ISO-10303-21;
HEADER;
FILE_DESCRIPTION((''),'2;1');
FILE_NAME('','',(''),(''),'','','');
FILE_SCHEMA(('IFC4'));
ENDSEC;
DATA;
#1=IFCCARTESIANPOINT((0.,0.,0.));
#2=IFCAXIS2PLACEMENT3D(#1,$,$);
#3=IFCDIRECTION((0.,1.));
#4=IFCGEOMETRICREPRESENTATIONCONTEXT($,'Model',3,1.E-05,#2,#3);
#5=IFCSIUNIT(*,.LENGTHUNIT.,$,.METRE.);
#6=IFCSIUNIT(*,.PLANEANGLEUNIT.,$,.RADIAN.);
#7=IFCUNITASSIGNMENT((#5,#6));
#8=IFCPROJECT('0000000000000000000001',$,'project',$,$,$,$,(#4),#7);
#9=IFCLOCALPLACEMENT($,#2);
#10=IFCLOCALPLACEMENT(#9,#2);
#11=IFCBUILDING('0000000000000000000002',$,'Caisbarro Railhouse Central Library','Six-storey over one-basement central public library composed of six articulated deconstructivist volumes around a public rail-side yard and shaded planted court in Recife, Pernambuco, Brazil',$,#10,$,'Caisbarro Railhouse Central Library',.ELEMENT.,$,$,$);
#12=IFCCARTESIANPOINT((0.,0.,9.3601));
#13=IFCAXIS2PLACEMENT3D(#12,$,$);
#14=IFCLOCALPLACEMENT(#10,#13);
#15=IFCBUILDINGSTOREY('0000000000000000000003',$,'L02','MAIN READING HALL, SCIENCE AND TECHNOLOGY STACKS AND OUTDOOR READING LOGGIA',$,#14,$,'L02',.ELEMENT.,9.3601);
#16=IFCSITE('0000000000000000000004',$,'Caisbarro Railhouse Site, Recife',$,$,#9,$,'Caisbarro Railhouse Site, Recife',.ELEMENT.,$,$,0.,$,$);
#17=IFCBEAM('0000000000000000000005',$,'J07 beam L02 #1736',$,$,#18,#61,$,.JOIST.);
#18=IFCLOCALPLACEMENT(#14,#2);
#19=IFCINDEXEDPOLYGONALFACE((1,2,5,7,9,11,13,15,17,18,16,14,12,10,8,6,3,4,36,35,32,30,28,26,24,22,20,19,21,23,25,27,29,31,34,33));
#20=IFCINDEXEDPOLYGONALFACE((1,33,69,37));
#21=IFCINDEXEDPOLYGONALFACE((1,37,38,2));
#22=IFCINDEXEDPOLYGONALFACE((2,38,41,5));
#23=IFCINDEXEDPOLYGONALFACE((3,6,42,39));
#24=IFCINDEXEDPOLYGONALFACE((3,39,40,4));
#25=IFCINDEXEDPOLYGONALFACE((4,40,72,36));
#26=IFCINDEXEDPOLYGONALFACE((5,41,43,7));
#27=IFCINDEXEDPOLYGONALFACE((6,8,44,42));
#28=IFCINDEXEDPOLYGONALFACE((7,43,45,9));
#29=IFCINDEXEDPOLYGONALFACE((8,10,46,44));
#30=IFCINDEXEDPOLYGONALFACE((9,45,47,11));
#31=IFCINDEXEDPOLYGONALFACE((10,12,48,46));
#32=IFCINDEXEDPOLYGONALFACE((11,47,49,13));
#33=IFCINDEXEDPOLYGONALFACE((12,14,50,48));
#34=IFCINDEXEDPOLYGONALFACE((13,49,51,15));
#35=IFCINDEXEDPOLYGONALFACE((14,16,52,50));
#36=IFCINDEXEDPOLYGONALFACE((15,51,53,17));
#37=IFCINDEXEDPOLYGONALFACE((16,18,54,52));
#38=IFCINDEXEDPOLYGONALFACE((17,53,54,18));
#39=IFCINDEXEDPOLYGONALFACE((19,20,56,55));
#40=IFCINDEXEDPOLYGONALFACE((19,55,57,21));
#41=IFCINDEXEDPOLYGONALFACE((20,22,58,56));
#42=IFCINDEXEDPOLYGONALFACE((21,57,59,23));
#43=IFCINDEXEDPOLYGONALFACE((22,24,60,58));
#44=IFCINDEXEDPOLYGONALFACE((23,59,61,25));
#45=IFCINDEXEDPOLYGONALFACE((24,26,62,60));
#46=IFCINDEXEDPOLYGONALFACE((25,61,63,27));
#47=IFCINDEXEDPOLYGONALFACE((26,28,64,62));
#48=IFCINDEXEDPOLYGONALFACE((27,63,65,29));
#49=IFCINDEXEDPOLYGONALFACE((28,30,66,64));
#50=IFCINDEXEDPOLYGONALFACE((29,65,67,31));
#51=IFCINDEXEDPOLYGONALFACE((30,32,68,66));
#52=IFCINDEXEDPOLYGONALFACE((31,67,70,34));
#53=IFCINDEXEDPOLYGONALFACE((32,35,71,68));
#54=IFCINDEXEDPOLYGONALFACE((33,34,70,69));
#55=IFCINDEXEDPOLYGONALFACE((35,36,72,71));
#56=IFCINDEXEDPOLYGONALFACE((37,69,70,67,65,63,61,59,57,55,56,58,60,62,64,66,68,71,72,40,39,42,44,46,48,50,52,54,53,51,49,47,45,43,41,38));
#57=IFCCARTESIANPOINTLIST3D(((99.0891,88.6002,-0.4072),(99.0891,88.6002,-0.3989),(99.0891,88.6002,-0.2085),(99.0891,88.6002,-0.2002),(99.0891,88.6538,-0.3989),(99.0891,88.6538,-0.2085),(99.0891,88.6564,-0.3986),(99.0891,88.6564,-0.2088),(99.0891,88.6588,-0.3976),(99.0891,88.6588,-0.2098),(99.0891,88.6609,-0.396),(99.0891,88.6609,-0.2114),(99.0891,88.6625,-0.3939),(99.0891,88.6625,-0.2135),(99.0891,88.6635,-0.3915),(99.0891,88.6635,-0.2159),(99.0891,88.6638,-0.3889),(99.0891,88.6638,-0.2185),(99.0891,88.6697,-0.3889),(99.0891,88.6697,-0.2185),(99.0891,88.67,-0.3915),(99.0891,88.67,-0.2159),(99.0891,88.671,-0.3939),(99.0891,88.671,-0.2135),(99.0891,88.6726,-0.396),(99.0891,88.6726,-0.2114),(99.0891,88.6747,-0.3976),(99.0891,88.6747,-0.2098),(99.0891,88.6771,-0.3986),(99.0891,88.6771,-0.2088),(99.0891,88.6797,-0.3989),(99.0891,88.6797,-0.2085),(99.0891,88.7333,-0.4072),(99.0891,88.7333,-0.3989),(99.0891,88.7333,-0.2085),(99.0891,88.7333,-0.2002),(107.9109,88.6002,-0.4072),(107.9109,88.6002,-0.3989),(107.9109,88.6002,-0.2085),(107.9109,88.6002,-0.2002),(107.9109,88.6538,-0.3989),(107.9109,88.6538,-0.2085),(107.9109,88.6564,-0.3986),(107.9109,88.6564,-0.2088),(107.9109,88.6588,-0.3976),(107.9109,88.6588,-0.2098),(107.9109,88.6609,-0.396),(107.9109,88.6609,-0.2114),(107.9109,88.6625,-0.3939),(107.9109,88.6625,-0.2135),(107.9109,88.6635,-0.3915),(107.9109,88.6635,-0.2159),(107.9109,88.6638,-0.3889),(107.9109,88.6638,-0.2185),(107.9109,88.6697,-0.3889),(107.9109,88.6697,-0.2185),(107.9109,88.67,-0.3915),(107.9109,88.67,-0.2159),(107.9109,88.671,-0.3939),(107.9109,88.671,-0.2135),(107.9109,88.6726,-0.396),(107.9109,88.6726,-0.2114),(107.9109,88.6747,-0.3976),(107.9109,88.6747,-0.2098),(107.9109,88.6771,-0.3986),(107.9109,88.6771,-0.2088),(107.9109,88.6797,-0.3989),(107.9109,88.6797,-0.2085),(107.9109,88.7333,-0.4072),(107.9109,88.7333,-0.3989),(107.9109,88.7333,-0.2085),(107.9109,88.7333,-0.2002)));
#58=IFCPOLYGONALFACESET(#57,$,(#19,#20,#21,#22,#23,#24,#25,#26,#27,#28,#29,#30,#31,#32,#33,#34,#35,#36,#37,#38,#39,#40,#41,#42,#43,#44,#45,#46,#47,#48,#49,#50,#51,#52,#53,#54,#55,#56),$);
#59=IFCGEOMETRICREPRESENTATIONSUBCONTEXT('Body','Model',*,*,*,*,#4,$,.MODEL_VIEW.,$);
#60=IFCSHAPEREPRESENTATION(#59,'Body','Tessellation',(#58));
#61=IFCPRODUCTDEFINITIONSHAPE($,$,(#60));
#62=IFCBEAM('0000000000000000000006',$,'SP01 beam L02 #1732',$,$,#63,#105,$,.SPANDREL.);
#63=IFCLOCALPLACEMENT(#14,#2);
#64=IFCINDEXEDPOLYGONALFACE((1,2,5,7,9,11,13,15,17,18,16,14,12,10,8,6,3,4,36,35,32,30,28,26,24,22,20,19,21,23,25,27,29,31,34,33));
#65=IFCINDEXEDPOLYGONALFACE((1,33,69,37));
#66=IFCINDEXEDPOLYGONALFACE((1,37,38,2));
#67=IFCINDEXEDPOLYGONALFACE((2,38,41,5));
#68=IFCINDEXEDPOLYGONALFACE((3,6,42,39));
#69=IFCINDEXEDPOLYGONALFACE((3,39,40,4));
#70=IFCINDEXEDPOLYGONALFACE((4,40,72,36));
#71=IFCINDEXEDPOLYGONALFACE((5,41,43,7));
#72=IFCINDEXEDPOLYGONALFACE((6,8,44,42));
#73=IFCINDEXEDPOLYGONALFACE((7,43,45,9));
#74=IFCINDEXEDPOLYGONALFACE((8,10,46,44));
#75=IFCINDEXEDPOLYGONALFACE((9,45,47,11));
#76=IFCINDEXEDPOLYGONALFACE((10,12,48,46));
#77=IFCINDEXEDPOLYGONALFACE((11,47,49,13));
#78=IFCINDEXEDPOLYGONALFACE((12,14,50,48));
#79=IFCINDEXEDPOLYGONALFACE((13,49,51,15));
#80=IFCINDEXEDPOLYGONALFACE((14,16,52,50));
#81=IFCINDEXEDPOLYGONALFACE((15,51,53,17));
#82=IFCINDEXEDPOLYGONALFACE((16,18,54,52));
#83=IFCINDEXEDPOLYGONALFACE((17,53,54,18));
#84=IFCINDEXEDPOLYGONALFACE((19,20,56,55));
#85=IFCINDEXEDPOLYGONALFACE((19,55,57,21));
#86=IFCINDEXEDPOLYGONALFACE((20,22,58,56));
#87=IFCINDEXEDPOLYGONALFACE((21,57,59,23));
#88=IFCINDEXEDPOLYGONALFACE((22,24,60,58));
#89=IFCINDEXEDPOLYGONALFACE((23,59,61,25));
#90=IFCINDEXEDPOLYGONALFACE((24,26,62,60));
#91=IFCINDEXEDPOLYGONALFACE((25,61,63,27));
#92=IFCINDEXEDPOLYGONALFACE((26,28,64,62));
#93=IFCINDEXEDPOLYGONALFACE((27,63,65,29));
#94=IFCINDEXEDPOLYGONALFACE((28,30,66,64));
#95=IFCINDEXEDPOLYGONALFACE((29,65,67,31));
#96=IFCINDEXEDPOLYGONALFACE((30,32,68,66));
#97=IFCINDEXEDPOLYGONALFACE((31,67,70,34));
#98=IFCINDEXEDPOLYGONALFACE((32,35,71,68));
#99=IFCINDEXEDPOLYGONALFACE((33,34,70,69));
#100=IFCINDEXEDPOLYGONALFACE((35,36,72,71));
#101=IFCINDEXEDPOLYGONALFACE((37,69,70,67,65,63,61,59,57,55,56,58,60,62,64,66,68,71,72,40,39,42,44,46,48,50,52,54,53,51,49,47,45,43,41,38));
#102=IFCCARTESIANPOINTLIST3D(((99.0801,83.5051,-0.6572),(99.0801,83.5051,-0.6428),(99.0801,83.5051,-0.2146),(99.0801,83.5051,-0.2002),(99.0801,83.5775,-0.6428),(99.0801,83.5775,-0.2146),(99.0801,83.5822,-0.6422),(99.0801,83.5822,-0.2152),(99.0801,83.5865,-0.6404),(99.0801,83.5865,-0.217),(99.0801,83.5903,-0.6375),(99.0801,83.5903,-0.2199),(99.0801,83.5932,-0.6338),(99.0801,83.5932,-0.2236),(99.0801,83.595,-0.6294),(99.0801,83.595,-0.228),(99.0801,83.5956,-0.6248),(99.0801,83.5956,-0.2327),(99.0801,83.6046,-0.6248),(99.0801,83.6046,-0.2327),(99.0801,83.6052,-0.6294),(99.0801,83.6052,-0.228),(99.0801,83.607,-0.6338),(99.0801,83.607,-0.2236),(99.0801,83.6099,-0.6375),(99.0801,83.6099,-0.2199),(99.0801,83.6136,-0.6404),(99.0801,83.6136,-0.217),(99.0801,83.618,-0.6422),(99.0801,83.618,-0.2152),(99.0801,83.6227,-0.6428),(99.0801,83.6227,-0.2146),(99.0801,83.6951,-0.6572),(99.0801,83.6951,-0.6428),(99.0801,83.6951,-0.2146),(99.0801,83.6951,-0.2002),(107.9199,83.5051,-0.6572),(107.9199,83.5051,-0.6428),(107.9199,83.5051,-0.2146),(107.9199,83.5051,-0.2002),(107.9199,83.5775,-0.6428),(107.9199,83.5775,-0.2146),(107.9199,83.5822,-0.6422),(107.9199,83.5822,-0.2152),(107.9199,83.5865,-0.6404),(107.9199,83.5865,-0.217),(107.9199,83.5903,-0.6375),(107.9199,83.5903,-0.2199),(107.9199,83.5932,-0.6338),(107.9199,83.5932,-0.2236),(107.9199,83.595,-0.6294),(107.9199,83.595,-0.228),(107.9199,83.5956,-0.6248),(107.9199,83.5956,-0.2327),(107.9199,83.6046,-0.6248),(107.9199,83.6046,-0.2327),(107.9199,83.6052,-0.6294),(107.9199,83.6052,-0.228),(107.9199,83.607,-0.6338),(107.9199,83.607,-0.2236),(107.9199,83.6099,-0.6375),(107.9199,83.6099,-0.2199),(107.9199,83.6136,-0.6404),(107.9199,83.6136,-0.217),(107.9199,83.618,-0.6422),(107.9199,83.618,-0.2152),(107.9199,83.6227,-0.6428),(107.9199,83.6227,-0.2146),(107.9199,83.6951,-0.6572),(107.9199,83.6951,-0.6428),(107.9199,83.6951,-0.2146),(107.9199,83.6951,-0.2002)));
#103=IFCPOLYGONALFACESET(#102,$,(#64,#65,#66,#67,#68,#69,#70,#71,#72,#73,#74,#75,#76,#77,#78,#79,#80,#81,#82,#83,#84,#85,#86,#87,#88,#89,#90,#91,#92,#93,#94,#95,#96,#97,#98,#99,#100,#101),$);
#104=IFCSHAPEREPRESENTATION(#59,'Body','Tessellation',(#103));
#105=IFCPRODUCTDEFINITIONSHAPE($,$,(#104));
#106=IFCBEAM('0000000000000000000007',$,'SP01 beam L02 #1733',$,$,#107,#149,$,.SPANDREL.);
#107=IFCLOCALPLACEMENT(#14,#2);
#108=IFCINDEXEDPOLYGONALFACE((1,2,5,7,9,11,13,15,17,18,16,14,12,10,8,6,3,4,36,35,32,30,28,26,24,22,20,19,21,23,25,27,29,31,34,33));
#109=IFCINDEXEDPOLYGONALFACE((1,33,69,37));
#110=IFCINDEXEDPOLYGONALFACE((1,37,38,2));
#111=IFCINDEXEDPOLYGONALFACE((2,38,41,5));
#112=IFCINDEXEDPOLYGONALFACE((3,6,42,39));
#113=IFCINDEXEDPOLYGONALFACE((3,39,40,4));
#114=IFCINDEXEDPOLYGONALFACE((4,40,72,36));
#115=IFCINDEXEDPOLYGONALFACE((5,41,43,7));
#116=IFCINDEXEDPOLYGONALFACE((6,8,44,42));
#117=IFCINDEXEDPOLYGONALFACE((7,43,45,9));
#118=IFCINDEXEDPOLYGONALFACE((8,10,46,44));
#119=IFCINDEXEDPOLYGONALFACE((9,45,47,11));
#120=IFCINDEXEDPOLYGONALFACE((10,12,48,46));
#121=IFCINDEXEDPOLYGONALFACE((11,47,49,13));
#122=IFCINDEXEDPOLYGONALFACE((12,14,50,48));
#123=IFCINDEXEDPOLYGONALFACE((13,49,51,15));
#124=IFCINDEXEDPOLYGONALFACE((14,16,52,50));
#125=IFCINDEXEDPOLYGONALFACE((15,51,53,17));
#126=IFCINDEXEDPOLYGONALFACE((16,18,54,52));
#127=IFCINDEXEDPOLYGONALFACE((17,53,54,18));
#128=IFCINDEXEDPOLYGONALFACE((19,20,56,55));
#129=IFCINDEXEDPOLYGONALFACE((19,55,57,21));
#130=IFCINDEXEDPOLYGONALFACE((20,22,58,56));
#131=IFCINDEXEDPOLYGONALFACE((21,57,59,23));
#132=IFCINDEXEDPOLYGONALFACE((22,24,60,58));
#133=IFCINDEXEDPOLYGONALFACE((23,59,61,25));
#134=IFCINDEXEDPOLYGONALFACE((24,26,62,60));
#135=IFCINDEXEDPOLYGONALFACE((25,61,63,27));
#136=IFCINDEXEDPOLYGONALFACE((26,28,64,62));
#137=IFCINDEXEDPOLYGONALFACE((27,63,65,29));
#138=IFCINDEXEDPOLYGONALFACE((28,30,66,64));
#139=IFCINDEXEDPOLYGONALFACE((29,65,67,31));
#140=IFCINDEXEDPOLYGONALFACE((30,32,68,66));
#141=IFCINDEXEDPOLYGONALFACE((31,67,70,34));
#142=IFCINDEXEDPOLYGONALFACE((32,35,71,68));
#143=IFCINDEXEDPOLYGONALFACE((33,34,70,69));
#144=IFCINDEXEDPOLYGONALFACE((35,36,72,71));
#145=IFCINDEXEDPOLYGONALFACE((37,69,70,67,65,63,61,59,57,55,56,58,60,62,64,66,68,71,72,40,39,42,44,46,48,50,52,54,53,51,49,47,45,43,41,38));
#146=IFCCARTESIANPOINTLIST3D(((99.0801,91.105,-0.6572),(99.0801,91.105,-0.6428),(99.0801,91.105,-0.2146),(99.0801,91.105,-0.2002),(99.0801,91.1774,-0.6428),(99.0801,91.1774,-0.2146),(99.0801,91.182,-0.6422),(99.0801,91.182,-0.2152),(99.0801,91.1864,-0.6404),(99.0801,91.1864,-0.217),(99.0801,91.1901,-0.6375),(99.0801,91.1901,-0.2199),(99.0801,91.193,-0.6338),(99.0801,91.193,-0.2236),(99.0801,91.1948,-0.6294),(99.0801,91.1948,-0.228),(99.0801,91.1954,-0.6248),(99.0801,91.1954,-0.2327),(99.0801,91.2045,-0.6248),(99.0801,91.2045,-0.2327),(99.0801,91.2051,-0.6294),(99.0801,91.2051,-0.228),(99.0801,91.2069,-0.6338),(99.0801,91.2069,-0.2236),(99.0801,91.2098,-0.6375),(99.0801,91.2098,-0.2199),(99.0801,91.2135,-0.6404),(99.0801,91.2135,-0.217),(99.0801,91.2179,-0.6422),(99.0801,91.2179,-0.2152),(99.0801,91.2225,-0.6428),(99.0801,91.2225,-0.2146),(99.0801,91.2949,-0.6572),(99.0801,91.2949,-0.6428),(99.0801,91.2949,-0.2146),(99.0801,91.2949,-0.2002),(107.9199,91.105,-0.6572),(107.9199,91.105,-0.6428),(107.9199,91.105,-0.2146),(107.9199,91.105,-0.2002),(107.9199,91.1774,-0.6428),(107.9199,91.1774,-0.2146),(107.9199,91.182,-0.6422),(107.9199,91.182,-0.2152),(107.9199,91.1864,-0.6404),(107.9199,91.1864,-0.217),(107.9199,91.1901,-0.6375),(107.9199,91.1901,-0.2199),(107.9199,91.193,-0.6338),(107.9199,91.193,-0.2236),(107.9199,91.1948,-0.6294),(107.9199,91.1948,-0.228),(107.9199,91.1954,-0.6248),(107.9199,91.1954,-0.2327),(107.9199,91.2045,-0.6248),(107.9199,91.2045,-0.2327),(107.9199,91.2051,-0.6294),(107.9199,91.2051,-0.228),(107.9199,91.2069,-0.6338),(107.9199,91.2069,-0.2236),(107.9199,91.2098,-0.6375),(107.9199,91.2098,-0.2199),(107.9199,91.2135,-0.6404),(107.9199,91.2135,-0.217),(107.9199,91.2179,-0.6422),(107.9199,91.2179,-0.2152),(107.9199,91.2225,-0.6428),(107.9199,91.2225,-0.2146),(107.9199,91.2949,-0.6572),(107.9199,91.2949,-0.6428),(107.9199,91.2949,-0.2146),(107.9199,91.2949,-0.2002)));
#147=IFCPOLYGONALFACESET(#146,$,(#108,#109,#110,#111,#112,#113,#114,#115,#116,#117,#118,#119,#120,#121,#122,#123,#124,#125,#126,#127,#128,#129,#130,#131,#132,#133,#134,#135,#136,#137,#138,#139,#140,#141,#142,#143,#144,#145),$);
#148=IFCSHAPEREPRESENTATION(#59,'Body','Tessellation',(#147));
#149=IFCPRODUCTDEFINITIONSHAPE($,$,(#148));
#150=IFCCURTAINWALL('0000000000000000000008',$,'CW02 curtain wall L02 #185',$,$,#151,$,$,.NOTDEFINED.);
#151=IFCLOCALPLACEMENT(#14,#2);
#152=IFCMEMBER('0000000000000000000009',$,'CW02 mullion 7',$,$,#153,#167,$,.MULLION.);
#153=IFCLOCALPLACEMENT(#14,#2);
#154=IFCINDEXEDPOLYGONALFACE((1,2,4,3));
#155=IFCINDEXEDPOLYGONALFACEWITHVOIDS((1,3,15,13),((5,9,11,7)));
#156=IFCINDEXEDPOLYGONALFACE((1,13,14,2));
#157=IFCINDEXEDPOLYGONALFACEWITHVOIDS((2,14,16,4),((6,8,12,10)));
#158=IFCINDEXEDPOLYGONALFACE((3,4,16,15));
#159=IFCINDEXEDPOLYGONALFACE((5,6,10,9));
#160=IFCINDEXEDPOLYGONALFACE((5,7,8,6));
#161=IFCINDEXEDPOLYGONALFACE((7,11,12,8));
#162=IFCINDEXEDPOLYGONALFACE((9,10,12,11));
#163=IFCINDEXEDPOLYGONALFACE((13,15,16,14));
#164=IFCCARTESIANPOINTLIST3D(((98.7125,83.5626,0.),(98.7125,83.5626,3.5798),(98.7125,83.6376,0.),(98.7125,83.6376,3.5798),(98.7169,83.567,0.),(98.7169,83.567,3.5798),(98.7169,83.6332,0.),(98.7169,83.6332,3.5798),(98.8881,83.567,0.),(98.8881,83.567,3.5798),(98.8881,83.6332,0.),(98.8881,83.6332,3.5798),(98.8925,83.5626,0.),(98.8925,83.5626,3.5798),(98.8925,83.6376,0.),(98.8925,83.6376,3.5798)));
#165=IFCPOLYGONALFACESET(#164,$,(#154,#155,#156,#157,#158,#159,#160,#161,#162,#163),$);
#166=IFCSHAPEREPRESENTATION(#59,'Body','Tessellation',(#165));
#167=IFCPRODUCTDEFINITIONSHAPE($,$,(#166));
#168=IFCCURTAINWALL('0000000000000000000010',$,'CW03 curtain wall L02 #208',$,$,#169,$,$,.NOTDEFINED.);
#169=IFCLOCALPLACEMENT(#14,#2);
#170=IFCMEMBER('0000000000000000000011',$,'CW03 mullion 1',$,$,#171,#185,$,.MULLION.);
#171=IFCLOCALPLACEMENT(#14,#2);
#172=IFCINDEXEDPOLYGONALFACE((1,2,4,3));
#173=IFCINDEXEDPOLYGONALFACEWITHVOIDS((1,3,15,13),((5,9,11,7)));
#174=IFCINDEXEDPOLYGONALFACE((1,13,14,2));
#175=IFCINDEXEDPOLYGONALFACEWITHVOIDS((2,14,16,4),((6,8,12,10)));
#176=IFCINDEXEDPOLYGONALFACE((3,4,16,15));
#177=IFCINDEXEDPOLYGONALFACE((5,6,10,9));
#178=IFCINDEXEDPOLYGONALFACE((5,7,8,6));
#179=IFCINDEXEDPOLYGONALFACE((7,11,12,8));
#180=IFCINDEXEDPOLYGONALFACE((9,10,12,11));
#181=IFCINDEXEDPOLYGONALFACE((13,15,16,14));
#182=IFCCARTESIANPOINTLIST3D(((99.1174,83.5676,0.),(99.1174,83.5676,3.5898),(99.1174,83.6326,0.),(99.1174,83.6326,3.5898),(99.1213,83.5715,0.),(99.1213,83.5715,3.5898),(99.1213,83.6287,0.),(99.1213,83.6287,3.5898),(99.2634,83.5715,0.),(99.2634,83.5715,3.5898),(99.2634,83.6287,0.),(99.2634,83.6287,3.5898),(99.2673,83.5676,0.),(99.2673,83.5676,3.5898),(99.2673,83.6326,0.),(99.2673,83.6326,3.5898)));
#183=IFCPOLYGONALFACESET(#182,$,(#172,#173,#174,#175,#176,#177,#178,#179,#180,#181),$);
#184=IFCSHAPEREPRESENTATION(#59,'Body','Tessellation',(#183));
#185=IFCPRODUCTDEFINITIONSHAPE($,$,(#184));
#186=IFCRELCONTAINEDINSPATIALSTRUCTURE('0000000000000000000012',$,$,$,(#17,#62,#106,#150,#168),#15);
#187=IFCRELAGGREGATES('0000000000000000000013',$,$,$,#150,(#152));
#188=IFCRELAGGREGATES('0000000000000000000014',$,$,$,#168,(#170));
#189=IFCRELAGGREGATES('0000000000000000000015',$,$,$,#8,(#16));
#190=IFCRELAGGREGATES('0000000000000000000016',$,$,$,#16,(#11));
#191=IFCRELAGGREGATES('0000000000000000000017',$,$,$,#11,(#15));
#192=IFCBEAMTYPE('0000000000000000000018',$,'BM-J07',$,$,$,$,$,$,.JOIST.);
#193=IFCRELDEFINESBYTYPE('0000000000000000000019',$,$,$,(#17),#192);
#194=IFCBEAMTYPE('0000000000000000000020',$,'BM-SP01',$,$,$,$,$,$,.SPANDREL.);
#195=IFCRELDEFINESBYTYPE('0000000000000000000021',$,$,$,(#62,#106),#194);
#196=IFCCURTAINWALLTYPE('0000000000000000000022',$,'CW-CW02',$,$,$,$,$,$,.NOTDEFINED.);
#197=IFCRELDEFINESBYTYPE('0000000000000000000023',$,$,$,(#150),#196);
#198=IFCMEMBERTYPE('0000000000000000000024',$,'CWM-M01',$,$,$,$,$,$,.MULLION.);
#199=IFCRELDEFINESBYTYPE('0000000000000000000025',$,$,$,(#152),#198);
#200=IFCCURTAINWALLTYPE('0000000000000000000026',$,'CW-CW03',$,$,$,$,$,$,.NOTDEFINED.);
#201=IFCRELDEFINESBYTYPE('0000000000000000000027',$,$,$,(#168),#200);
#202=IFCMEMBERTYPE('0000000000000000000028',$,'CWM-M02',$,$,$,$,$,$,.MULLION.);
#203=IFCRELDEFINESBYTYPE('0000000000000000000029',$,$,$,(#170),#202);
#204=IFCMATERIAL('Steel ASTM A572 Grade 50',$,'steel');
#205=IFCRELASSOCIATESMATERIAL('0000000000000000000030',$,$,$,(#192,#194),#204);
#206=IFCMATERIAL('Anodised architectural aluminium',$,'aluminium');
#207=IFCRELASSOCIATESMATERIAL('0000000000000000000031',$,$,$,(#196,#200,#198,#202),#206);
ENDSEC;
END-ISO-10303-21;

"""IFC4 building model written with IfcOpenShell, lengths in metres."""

from ifc_helpers import new_model, si_unit, direction, frame, origin, origin_2d, place, context, subcontext, project, spatial, hollow_rectangle, i_section, extrude, material, material_profile, profile_set, type_object, element, aggregate, save


model = new_model("IFC4")

# Units and contexts
model_context = context("Model", 3, precision=1e-05, world=origin(), true_north=direction((0.0, 1.0)))
body_context = subcontext(model_context, "Body", "Model", "MODEL_VIEW")
ifc_project = project(units=[si_unit("LENGTHUNIT", "METRE"), si_unit("PLANEANGLEUNIT", "RADIAN")], contexts=[model_context])

# Site, building, storey
site_placement = place(None, origin())
site = spatial("IfcSite", under=ifc_project, at=site_placement, Name="Caisbarro Railhouse Site, Recife", LongName="Caisbarro Railhouse Site, Recife", CompositionType="ELEMENT", RefElevation=0.0)
building_placement = place(site_placement, origin())
building = spatial("IfcBuilding", under=site, at=building_placement, Name="Caisbarro Railhouse Central Library", Description="Six-storey over one-basement central public library composed of six articulated deconstructivist volumes around a public rail-side yard and shaded planted court in Recife, Pernambuco, Brazil", LongName="Caisbarro Railhouse Central Library", CompositionType="ELEMENT")
storey_placement = place(building_placement, frame((0.0, 0.0, 9.3601)))
storey = spatial("IfcBuildingStorey", under=building, at=storey_placement, Name="L02", Description="MAIN READING HALL, SCIENCE AND TECHNOLOGY STACKS AND OUTDOOR READING LOGGIA", LongName="L02", CompositionType="ELEMENT", Elevation=9.3601)

# Shared definitions
ifc_material_1 = material(Name="Steel ASTM A572 Grade 50", Category="steel")

# Beams
ifc_material_profile_1 = material_profile(ifc_material_1, i_section(OverallWidth=0.1331, OverallDepth=0.207, WebThickness=0.0059, FlangeThickness=0.0083, FilletRadius=0.01, at=origin_2d()), Name="W200X26.6")
ifc_profile_set_1 = profile_set([ifc_material_profile_1], Name="Steel ASTM A572 Grade 50")
beam_type_1 = type_object("IfcBeamType", Name="BM-J07", PredefinedType="JOIST", material=ifc_profile_set_1)
for number, where, z_axis, x_axis, name in (
    (1, (99.0891, 88.6667, -0.3037), (1.0, 0.0, 0.0), (0.0, 1.0, 0.0), "J07 beam L02 #1736"),
):
    element("IfcBeam", number, at=place(storey_placement, frame(where, z_axis=z_axis, x_axis=x_axis)), inside=storey, type_object=beam_type_1, Name=name, PredefinedType="JOIST", context=body_context, shape_type="SweptSolid", body=[
        extrude(i_section(OverallWidth=0.1331, OverallDepth=0.207, WebThickness=0.0059, FlangeThickness=0.0083, FilletRadius=0.01, at=origin_2d()), origin(), (0.0, 0.0, 1.0), 8.8218),
    ])
ifc_material_profile_2 = material_profile(ifc_material_1, i_section(OverallWidth=0.1899, OverallDepth=0.457, WebThickness=0.009, FlangeThickness=0.0144, FilletRadius=0.0181, at=origin_2d()), Name="W460X74.0")
ifc_profile_set_2 = profile_set([ifc_material_profile_2], Name="Steel ASTM A572 Grade 50")
beam_type_2 = type_object("IfcBeamType", Name="BM-SP01", PredefinedType="SPANDREL", material=ifc_profile_set_2)
for number, where, z_axis, x_axis, name in (
    (2, (99.0801, 83.6001, -0.4287), (1.0, 0.0, 0.0), (0.0, 1.0, 0.0), "SP01 beam L02 #1732"),
    (3, (99.0801, 91.2, -0.4287), (1.0, 0.0, 0.0), (0.0, 1.0, 0.0), "SP01 beam L02 #1733"),
):
    element("IfcBeam", number, at=place(storey_placement, frame(where, z_axis=z_axis, x_axis=x_axis)), inside=storey, type_object=beam_type_2, Name=name, PredefinedType="SPANDREL", context=body_context, shape_type="SweptSolid", body=[
        extrude(i_section(OverallWidth=0.1899, OverallDepth=0.457, WebThickness=0.009, FlangeThickness=0.0144, FilletRadius=0.0181, at=origin_2d()), origin(), (0.0, 0.0, 1.0), 8.8398),
    ])

# Curtain wall, member
ifc_material_2 = material(Name="Anodised architectural aluminium", Category="aluminium")
curtain_wall_type_1 = type_object("IfcCurtainWallType", Name="CW-CW02", PredefinedType="NOTDEFINED", material=ifc_material_2)
curtain_wall_1_placement = place(storey_placement, origin())
curtain_wall_1 = element("IfcCurtainWall", 4, at=curtain_wall_1_placement, inside=storey, type_object=curtain_wall_type_1, Name="CW02 curtain wall L02 #185", PredefinedType="NOTDEFINED")
ifc_material_profile_3 = material_profile(ifc_material_2, hollow_rectangle(XDim=0.075, YDim=0.1799, WallThickness=0.0044, at=origin_2d()), Name="ALU-MUL-75X180")
ifc_profile_set_3 = profile_set([ifc_material_profile_3], Name="Anodised architectural aluminium")
member_type_1 = type_object("IfcMemberType", Name="CWM-M01", PredefinedType="MULLION", material=ifc_profile_set_3)
member_1_placement = place(storey_placement, frame((98.8025, 83.6001, 0.0), z_axis=(0.0, 0.0, 1.0), x_axis=(0.0, 1.0, 0.0)))
member_1 = element("IfcMember", 5, at=member_1_placement, type_object=member_type_1, Name="CW02 mullion 7", PredefinedType="MULLION", context=body_context, shape_type="SweptSolid", body=[
    extrude(hollow_rectangle(XDim=0.075, YDim=0.1799, WallThickness=0.0044, at=origin_2d()), origin(), (0.0, 0.0, 1.0), 3.5798),
])

# Curtain wall, member
curtain_wall_type_2 = type_object("IfcCurtainWallType", Name="CW-CW03", PredefinedType="NOTDEFINED", material=ifc_material_2)
curtain_wall_2_placement = place(storey_placement, origin())
curtain_wall_2 = element("IfcCurtainWall", 6, at=curtain_wall_2_placement, inside=storey, type_object=curtain_wall_type_2, Name="CW03 curtain wall L02 #208", PredefinedType="NOTDEFINED")
ifc_material_profile_4 = material_profile(ifc_material_2, hollow_rectangle(XDim=0.0649, YDim=0.1499, WallThickness=0.0039, at=origin_2d()), Name="ALU-MUL-65X150")
ifc_profile_set_4 = profile_set([ifc_material_profile_4], Name="Anodised architectural aluminium")
member_type_2 = type_object("IfcMemberType", Name="CWM-M02", PredefinedType="MULLION", material=ifc_profile_set_4)
member_2_placement = place(storey_placement, frame((99.1924, 83.6001, 0.0), z_axis=(0.0, 0.0, 1.0), x_axis=(0.0, 1.0, 0.0)))
member_2 = element("IfcMember", 7, at=member_2_placement, type_object=member_type_2, Name="CW03 mullion 1", PredefinedType="MULLION", context=body_context, shape_type="SweptSolid", body=[
    extrude(hollow_rectangle(XDim=0.0649, YDim=0.1499, WallThickness=0.0039, at=origin_2d()), origin(), (0.0, 0.0, 1.0), 3.5898),
])

aggregate(curtain_wall_1, [member_1])
aggregate(curtain_wall_2, [member_2])

save(model, "model.ifc")
